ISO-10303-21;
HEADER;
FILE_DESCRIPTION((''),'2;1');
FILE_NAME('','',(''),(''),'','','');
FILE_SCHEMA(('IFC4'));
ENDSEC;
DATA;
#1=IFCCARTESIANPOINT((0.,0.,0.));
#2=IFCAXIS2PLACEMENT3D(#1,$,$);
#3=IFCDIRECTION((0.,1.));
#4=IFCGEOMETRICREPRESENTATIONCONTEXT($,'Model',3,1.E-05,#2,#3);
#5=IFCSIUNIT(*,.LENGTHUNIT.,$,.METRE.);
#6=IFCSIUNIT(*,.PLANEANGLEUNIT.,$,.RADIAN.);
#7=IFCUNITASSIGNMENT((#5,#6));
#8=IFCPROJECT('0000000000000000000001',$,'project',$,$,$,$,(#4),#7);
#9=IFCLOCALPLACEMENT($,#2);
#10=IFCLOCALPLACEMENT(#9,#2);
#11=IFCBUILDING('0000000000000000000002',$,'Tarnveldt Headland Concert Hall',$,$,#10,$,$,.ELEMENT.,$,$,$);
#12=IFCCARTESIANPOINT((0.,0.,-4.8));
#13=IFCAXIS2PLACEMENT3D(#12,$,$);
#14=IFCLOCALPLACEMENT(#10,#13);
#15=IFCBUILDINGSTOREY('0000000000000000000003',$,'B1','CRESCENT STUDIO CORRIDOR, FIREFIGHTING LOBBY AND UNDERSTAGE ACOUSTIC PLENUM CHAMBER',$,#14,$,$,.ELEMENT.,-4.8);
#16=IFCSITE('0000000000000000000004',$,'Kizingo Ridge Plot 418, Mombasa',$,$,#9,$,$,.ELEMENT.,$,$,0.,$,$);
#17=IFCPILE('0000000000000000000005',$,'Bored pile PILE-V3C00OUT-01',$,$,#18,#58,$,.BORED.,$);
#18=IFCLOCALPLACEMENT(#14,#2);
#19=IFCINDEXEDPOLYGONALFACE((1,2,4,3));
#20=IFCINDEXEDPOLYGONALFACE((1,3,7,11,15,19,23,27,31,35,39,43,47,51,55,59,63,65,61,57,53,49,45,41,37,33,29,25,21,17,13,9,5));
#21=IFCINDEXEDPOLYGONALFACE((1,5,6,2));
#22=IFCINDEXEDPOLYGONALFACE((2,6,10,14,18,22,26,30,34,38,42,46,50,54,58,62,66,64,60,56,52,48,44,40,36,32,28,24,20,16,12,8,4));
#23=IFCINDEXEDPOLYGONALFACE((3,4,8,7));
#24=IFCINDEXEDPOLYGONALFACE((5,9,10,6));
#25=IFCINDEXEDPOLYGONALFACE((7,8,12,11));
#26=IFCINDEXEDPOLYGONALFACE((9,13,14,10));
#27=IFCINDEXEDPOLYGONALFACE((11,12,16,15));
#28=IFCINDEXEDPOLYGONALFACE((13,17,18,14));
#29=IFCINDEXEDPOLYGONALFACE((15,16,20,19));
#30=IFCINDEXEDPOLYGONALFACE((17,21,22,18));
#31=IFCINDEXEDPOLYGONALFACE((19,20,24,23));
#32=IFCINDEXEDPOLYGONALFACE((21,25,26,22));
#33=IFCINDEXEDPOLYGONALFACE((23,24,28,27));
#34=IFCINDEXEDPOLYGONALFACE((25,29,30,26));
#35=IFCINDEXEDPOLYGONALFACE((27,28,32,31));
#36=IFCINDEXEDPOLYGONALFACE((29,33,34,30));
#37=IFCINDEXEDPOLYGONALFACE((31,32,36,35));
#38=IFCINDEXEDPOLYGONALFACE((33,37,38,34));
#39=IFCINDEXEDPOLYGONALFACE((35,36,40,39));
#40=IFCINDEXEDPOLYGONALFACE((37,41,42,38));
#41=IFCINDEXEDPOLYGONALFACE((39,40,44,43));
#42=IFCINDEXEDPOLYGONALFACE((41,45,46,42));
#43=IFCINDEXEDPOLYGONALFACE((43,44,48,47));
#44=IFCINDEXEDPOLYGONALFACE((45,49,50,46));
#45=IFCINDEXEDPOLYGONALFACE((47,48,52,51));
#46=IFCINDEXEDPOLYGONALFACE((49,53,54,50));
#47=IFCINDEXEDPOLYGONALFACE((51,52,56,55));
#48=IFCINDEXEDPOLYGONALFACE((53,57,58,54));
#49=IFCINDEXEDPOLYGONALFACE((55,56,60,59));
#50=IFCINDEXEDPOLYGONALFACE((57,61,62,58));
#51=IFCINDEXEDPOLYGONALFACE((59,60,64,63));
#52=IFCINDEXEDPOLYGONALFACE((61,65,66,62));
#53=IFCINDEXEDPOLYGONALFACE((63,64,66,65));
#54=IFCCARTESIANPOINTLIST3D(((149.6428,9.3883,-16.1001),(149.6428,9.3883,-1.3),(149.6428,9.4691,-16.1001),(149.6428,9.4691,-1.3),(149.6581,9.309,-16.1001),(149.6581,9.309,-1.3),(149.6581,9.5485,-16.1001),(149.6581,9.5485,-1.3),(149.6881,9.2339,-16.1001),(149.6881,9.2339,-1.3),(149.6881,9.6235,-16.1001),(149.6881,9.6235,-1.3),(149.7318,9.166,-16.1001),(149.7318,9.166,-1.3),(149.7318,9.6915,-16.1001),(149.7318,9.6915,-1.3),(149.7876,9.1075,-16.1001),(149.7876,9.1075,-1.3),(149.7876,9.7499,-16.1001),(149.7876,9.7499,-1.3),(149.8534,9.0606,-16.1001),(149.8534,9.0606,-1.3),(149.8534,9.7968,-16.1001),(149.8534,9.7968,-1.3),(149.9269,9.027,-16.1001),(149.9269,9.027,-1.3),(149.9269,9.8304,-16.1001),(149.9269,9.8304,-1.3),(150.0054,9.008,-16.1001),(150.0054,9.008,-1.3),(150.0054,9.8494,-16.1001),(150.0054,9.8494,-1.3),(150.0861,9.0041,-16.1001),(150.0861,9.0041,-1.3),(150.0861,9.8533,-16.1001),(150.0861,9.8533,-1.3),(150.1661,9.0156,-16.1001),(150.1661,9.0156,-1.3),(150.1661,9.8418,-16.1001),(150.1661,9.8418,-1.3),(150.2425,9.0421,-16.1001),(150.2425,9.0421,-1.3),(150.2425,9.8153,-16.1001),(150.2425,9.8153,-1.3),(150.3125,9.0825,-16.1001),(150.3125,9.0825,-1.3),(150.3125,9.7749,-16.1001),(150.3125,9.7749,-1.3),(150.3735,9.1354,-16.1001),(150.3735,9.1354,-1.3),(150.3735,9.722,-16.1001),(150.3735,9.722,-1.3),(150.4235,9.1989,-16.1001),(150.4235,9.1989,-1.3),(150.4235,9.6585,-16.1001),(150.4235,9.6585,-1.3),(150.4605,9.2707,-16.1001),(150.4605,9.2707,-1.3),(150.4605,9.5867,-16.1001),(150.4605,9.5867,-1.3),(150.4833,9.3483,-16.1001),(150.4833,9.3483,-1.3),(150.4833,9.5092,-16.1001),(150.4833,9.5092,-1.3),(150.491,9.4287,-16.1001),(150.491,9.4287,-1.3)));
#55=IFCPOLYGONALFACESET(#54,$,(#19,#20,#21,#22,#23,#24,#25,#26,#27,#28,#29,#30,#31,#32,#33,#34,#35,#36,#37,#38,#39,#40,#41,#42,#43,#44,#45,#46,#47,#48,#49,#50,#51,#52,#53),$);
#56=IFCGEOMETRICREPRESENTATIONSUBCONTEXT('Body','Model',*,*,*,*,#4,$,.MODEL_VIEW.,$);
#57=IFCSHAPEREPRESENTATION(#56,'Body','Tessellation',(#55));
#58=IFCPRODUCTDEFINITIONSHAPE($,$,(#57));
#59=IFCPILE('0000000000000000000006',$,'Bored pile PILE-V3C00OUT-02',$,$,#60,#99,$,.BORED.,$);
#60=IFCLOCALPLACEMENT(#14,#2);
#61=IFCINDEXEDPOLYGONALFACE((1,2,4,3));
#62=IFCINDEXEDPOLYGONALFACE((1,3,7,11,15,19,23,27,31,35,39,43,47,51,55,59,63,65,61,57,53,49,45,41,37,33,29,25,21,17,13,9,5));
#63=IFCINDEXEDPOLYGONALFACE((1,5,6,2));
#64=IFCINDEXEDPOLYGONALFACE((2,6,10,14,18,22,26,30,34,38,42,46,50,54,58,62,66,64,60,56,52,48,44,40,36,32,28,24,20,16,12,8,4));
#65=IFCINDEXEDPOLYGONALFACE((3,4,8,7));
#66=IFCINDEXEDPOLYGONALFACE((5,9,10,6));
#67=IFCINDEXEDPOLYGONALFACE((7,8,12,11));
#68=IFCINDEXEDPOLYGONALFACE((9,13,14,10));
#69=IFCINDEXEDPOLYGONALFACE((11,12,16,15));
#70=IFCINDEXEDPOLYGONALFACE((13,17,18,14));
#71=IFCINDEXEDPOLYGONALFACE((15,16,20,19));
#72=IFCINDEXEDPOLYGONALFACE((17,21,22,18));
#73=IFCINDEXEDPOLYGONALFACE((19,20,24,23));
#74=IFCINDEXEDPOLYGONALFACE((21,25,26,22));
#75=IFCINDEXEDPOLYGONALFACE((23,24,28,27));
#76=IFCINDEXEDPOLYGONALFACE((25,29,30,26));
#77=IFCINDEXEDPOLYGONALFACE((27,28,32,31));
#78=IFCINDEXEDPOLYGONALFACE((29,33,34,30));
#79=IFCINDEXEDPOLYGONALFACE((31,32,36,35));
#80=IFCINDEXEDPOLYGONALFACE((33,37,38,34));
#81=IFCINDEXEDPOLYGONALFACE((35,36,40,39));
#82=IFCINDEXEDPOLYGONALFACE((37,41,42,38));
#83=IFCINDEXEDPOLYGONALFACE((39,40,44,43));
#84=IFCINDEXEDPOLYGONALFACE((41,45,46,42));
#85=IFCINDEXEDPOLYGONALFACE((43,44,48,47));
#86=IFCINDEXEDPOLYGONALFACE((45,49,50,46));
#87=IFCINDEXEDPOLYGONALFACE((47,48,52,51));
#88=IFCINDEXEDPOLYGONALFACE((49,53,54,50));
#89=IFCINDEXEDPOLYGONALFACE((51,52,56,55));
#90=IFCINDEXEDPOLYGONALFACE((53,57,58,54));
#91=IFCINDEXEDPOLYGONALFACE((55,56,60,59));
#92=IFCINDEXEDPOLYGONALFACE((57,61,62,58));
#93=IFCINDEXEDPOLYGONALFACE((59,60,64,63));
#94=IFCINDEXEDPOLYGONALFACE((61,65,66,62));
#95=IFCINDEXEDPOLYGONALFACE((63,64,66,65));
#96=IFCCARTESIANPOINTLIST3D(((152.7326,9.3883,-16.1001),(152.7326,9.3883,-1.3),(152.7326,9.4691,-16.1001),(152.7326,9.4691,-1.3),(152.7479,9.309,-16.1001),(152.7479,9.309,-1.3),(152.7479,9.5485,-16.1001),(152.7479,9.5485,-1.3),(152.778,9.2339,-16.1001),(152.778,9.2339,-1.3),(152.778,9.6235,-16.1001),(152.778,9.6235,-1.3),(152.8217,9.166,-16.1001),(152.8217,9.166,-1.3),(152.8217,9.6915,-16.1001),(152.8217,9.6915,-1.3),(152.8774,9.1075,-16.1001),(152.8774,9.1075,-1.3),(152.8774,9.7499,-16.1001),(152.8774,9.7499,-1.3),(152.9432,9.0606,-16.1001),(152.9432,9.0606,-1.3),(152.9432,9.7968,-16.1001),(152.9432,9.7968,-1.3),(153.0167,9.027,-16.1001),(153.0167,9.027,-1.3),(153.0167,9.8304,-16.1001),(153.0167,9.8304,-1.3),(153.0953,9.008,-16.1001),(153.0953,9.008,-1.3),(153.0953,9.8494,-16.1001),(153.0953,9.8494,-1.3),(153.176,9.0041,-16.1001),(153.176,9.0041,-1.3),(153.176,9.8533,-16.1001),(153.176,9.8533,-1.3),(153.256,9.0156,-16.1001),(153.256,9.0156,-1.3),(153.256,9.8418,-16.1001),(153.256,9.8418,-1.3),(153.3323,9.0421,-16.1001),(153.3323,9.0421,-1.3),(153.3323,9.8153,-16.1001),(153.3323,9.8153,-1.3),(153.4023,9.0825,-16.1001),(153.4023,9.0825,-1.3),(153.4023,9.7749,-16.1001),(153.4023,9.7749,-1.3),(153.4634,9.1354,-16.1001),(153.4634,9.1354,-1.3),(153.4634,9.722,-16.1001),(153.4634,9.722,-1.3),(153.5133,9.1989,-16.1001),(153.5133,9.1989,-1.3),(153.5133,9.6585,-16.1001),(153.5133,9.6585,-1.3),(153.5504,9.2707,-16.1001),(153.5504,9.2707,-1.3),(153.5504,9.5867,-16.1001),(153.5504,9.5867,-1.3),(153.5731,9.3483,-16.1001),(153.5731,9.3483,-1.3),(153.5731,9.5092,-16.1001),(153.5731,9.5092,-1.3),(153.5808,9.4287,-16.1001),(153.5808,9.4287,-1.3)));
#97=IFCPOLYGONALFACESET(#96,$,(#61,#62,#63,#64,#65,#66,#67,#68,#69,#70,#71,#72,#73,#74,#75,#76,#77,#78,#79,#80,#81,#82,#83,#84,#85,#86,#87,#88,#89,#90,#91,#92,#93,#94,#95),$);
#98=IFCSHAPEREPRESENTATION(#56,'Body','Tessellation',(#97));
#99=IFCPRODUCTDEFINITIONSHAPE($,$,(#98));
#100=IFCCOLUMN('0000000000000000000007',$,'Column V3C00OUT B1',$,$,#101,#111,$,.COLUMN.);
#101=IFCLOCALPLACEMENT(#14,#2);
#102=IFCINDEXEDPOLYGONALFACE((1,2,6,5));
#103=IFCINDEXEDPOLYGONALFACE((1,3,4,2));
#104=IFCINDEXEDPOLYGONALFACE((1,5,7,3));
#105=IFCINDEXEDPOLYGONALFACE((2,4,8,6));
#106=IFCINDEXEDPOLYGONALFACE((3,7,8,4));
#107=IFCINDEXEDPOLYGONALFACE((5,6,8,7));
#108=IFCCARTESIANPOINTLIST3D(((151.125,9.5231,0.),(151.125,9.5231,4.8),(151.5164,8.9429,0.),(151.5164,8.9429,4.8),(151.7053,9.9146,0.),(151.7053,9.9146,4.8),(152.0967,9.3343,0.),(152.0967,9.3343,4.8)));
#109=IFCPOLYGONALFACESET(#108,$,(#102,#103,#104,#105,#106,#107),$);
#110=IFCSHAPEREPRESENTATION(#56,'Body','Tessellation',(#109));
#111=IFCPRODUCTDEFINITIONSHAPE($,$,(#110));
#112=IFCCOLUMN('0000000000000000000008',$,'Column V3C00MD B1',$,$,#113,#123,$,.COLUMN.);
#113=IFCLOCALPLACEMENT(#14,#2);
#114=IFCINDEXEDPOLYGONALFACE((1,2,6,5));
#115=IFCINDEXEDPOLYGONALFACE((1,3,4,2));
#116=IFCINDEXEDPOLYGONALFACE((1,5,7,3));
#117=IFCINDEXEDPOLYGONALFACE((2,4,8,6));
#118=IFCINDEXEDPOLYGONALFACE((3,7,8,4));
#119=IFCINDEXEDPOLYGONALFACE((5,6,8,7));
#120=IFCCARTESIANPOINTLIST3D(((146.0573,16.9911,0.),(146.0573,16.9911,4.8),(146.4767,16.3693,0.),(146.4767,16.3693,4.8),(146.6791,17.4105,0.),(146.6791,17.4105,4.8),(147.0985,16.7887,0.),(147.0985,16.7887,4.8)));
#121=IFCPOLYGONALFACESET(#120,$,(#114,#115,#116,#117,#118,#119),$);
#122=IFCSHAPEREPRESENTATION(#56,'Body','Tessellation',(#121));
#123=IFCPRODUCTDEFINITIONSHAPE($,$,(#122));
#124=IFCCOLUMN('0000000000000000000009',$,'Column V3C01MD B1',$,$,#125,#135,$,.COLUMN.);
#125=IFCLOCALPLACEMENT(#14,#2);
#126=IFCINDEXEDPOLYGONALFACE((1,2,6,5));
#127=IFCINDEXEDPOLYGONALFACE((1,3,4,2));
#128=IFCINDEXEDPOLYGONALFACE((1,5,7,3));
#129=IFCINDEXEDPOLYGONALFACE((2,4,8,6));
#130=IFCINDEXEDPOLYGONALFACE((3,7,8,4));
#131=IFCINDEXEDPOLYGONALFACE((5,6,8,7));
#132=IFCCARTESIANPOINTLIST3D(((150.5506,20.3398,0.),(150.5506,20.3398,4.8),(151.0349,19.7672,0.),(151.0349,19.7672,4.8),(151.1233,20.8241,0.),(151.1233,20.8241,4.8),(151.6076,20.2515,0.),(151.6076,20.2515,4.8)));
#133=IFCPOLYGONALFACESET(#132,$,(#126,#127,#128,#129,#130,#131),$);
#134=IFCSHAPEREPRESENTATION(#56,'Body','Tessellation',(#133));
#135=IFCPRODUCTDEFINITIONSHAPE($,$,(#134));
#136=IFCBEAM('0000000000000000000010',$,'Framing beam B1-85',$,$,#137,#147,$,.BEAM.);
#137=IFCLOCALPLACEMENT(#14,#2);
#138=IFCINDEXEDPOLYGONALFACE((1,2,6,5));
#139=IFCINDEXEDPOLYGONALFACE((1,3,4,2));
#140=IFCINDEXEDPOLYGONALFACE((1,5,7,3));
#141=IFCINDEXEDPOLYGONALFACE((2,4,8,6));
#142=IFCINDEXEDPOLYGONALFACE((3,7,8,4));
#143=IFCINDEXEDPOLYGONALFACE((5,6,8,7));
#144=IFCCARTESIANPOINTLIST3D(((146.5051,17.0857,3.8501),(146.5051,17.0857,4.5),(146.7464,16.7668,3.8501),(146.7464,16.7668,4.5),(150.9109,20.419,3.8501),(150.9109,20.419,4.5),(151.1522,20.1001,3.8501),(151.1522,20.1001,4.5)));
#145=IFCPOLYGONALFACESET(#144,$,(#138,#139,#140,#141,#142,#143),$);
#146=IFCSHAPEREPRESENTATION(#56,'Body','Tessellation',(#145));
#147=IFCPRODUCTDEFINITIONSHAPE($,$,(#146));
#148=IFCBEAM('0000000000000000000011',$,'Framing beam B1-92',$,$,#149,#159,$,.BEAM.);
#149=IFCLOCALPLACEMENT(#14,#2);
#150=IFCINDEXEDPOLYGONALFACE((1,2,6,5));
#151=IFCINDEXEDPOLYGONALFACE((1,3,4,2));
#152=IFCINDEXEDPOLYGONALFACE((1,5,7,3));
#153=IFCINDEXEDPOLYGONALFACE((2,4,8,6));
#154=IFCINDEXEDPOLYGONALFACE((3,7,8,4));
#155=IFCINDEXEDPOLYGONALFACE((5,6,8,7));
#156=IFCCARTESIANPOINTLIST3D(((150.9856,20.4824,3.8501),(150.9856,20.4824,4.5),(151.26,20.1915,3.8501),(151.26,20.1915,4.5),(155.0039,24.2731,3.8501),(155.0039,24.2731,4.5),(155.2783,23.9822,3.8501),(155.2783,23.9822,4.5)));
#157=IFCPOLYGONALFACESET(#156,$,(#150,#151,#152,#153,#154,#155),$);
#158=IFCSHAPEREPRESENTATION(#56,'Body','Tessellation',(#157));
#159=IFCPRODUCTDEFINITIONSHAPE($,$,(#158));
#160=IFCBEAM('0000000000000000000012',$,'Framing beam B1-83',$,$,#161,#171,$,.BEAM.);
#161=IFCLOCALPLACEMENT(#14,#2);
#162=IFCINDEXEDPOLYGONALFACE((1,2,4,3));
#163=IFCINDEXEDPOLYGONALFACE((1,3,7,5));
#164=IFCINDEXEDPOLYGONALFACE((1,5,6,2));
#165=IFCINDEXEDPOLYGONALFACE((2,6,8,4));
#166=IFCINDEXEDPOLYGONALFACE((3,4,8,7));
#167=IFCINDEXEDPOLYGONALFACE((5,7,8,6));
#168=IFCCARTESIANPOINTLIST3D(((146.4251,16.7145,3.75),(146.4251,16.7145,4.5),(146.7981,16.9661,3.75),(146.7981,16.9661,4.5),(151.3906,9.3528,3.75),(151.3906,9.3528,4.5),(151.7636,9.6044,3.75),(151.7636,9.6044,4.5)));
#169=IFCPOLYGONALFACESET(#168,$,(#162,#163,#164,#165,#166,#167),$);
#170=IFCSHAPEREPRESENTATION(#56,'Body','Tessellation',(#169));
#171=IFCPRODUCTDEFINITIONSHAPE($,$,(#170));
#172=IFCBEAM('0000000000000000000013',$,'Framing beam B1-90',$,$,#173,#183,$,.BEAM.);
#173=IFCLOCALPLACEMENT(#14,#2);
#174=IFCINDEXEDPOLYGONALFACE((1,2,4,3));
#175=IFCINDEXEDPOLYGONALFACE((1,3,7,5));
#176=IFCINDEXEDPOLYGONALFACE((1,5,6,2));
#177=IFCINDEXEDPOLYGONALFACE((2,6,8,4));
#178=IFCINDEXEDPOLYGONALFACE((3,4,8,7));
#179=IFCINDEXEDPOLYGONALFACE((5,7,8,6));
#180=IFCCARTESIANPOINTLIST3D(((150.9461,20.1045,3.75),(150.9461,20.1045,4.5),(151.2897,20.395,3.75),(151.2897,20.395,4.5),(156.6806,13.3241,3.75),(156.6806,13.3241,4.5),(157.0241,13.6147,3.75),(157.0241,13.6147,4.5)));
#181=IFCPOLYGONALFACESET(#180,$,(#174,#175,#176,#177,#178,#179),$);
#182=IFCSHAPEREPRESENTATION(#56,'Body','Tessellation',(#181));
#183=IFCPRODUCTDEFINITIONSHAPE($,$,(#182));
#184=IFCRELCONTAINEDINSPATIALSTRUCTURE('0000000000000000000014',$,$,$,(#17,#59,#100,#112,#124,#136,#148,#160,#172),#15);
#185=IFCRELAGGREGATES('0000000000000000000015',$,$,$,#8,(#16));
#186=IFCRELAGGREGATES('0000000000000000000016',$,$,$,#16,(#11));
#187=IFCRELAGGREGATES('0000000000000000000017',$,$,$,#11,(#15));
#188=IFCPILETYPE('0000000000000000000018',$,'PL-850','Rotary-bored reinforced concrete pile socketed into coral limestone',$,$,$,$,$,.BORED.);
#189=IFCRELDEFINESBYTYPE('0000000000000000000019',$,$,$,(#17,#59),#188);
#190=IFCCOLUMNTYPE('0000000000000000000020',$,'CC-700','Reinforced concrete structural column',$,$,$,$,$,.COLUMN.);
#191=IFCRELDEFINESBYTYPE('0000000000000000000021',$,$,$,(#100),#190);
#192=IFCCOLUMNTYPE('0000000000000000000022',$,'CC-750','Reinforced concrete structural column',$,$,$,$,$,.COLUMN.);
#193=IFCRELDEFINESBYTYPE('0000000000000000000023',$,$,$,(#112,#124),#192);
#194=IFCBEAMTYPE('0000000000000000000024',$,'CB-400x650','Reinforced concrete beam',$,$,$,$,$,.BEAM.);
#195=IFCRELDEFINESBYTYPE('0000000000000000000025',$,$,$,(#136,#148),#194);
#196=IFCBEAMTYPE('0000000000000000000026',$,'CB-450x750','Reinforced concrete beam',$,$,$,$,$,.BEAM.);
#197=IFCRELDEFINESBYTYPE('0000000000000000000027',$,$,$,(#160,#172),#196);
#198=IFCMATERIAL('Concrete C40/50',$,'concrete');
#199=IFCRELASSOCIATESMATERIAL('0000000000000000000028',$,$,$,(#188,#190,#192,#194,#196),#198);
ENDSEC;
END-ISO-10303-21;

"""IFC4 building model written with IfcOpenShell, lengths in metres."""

from ifc_helpers import new_model, si_unit, direction, frame, origin, origin_2d, place, context, subcontext, project, spatial, rectangle, circle, extrude, material, material_profile, profile_set, type_object, element, save


model = new_model("IFC4")

# Units and contexts
model_context = context("Model", 3, precision=1e-05, world=origin(), true_north=direction((0.0, 1.0)))
body_context = subcontext(model_context, "Body", "Model", "MODEL_VIEW")
ifc_project = project(units=[si_unit("LENGTHUNIT", "METRE"), si_unit("PLANEANGLEUNIT", "RADIAN")], contexts=[model_context])

# Site, building, storey
site_placement = place(None, origin())
site = spatial("IfcSite", under=ifc_project, at=site_placement, Name="Kizingo Ridge Plot 418, Mombasa", CompositionType="ELEMENT", RefElevation=0.0)
building_placement = place(site_placement, origin())
building = spatial("IfcBuilding", under=site, at=building_placement, Name="Tarnveldt Headland Concert Hall", CompositionType="ELEMENT")
storey_placement = place(building_placement, frame((0.0, 0.0, -4.8)))
storey = spatial("IfcBuildingStorey", under=building, at=storey_placement, Name="B1", Description="CRESCENT STUDIO CORRIDOR, FIREFIGHTING LOBBY AND UNDERSTAGE ACOUSTIC PLENUM CHAMBER", CompositionType="ELEMENT", Elevation=-4.8)

# Shared definitions
ifc_material_1 = material(Name="Concrete C40/50", Category="concrete")

# Piles
ifc_material_profile_1 = material_profile(ifc_material_1, circle(Radius=0.425, at=origin_2d()), Name="BORED PILE D850", Category="concrete")
ifc_profile_set_1 = profile_set([ifc_material_profile_1], Name="Concrete C40/50")
pile_type_1 = type_object("IfcPileType", Name="PL-850", Description="Rotary-bored reinforced concrete pile socketed into coral limestone", PredefinedType="BORED", material=ifc_profile_set_1)
for number, where, z_axis, x_axis, name in (
    (1, (150.0659, 9.4287, -1.3), (0.0, 0.0, -1.0), (1.0, 0.0, 0.0), "Bored pile PILE-V3C00OUT-01"),
    (2, (153.1558, 9.4287, -1.3), (0.0, 0.0, -1.0), (1.0, 0.0, 0.0), "Bored pile PILE-V3C00OUT-02"),
):
    element("IfcPile", number, at=place(storey_placement, frame(where, z_axis=z_axis, x_axis=x_axis)), inside=storey, type_object=pile_type_1, Name=name, PredefinedType="BORED", context=body_context, shape_type="SweptSolid", body=[
        extrude(circle(Radius=0.425, at=origin_2d()), origin(), (0.0, 0.0, 1.0), 14.8),
    ])

# Columns
ifc_material_profile_2 = material_profile(ifc_material_1, rectangle(XDim=0.7, YDim=0.7, at=origin_2d()), Name="RC 700x700", Category="concrete")
ifc_profile_set_2 = profile_set([ifc_material_profile_2], Name="Concrete C40/50")
column_type_1 = type_object("IfcColumnType", Name="CC-700", Description="Reinforced concrete structural column", PredefinedType="COLUMN", material=ifc_profile_set_2)
column_placement = place(storey_placement, frame((151.6108, 9.4287, 0.0), z_axis=(0.0, 0.0, 1.0), x_axis=(0.559193, -0.829038, 0.0)))
element("IfcColumn", 3, at=column_placement, inside=storey, type_object=column_type_1, Name="Column V3C00OUT B1", PredefinedType="COLUMN", context=body_context, shape_type="SweptSolid", body=[
    extrude(rectangle(XDim=0.7, YDim=0.7, at=origin_2d()), origin(), (0.0, 0.0, 1.0), 4.8),
])
ifc_material_profile_3 = material_profile(ifc_material_1, rectangle(XDim=0.75, YDim=0.75, at=origin_2d()), Name="RC 750x750", Category="concrete")
ifc_profile_set_3 = profile_set([ifc_material_profile_3], Name="Concrete C40/50")
column_type_2 = type_object("IfcColumnType", Name="CC-750", Description="Reinforced concrete structural column", PredefinedType="COLUMN", material=ifc_profile_set_3)
for number, where, z_axis, x_axis, name in (
    (4, (146.5779, 16.8899, 0.0), (0.0, 0.0, 1.0), (0.559193, -0.829038, 0.0), "Column V3C00MD B1"),
    (5, (151.0791, 20.2957, 0.0), (0.0, 0.0, 1.0), (0.645724, -0.763571, 0.0), "Column V3C01MD B1"),
):
    element("IfcColumn", number, at=place(storey_placement, frame(where, z_axis=z_axis, x_axis=x_axis)), inside=storey, type_object=column_type_2, Name=name, PredefinedType="COLUMN", context=body_context, shape_type="SweptSolid", body=[
        extrude(rectangle(XDim=0.75, YDim=0.75, at=origin_2d()), origin(), (0.0, 0.0, 1.0), 4.8),
    ])

# Beams
ifc_material_profile_4 = material_profile(ifc_material_1, rectangle(XDim=0.3999, YDim=0.6499, at=origin_2d()), Name="RC 400x650", Category="concrete")
ifc_profile_set_4 = profile_set([ifc_material_profile_4], Name="Concrete C40/50")
beam_type_1 = type_object("IfcBeamType", Name="CB-400x650", Description="Reinforced concrete beam", PredefinedType="BEAM", material=ifc_profile_set_4)
beam_1_placement = place(storey_placement, frame((146.6257, 16.9263, 4.175), z_axis=(0.797479, 0.603346, 0.0), x_axis=(-0.603346, 0.797479, 0.0)))
element("IfcBeam", 6, at=beam_1_placement, inside=storey, type_object=beam_type_1, Name="Framing beam B1-85", PredefinedType="BEAM", context=body_context, shape_type="SweptSolid", body=[
    extrude(rectangle(XDim=0.3999, YDim=0.6499, at=origin_2d()), origin(), (0.0, 0.0, 1.0), 5.5247),
])
beam_2_placement = place(storey_placement, frame((151.1228, 20.3369, 4.175), z_axis=(0.727402, 0.686212, 0.0), x_axis=(-0.686212, 0.727402, 0.0)))
element("IfcBeam", 7, at=beam_2_placement, inside=storey, type_object=beam_type_1, Name="Framing beam B1-92", PredefinedType="BEAM", context=body_context, shape_type="SweptSolid", body=[
    extrude(rectangle(XDim=0.3999, YDim=0.6499, at=origin_2d()), origin(), (0.0, 0.0, 1.0), 5.5242),
])
ifc_material_profile_5 = material_profile(ifc_material_1, rectangle(XDim=0.45, YDim=0.75, at=origin_2d()), Name="RC 450x750", Category="concrete")
ifc_profile_set_5 = profile_set([ifc_material_profile_5], Name="Concrete C40/50")
beam_type_2 = type_object("IfcBeamType", Name="CB-450x750", Description="Reinforced concrete beam", PredefinedType="BEAM", material=ifc_profile_set_5)
beam_3_placement = place(storey_placement, frame((146.6116, 16.8403, 4.125), z_axis=(0.55919, -0.829039, 0.0), x_axis=(0.829039, 0.55919, 0.0)))
element("IfcBeam", 8, at=beam_3_placement, inside=storey, type_object=beam_type_2, Name="Framing beam B1-83", PredefinedType="BEAM", context=body_context, shape_type="SweptSolid", body=[
    extrude(rectangle(XDim=0.45, YDim=0.75, at=origin_2d()), origin(), (0.0, 0.0, 1.0), 8.8799),
])
beam_4_placement = place(storey_placement, frame((151.1179, 20.2498, 4.125), z_axis=(0.64576, -0.763541, 0.0), x_axis=(0.763541, 0.64576, 0.0)))
element("IfcBeam", 9, at=beam_4_placement, inside=storey, type_object=beam_type_2, Name="Framing beam B1-90", PredefinedType="BEAM", context=body_context, shape_type="SweptSolid", body=[
    extrude(rectangle(XDim=0.45, YDim=0.75, at=origin_2d()), origin(), (0.0, 0.0, 1.0), 8.8801),
])

save(model, "model.ifc")
